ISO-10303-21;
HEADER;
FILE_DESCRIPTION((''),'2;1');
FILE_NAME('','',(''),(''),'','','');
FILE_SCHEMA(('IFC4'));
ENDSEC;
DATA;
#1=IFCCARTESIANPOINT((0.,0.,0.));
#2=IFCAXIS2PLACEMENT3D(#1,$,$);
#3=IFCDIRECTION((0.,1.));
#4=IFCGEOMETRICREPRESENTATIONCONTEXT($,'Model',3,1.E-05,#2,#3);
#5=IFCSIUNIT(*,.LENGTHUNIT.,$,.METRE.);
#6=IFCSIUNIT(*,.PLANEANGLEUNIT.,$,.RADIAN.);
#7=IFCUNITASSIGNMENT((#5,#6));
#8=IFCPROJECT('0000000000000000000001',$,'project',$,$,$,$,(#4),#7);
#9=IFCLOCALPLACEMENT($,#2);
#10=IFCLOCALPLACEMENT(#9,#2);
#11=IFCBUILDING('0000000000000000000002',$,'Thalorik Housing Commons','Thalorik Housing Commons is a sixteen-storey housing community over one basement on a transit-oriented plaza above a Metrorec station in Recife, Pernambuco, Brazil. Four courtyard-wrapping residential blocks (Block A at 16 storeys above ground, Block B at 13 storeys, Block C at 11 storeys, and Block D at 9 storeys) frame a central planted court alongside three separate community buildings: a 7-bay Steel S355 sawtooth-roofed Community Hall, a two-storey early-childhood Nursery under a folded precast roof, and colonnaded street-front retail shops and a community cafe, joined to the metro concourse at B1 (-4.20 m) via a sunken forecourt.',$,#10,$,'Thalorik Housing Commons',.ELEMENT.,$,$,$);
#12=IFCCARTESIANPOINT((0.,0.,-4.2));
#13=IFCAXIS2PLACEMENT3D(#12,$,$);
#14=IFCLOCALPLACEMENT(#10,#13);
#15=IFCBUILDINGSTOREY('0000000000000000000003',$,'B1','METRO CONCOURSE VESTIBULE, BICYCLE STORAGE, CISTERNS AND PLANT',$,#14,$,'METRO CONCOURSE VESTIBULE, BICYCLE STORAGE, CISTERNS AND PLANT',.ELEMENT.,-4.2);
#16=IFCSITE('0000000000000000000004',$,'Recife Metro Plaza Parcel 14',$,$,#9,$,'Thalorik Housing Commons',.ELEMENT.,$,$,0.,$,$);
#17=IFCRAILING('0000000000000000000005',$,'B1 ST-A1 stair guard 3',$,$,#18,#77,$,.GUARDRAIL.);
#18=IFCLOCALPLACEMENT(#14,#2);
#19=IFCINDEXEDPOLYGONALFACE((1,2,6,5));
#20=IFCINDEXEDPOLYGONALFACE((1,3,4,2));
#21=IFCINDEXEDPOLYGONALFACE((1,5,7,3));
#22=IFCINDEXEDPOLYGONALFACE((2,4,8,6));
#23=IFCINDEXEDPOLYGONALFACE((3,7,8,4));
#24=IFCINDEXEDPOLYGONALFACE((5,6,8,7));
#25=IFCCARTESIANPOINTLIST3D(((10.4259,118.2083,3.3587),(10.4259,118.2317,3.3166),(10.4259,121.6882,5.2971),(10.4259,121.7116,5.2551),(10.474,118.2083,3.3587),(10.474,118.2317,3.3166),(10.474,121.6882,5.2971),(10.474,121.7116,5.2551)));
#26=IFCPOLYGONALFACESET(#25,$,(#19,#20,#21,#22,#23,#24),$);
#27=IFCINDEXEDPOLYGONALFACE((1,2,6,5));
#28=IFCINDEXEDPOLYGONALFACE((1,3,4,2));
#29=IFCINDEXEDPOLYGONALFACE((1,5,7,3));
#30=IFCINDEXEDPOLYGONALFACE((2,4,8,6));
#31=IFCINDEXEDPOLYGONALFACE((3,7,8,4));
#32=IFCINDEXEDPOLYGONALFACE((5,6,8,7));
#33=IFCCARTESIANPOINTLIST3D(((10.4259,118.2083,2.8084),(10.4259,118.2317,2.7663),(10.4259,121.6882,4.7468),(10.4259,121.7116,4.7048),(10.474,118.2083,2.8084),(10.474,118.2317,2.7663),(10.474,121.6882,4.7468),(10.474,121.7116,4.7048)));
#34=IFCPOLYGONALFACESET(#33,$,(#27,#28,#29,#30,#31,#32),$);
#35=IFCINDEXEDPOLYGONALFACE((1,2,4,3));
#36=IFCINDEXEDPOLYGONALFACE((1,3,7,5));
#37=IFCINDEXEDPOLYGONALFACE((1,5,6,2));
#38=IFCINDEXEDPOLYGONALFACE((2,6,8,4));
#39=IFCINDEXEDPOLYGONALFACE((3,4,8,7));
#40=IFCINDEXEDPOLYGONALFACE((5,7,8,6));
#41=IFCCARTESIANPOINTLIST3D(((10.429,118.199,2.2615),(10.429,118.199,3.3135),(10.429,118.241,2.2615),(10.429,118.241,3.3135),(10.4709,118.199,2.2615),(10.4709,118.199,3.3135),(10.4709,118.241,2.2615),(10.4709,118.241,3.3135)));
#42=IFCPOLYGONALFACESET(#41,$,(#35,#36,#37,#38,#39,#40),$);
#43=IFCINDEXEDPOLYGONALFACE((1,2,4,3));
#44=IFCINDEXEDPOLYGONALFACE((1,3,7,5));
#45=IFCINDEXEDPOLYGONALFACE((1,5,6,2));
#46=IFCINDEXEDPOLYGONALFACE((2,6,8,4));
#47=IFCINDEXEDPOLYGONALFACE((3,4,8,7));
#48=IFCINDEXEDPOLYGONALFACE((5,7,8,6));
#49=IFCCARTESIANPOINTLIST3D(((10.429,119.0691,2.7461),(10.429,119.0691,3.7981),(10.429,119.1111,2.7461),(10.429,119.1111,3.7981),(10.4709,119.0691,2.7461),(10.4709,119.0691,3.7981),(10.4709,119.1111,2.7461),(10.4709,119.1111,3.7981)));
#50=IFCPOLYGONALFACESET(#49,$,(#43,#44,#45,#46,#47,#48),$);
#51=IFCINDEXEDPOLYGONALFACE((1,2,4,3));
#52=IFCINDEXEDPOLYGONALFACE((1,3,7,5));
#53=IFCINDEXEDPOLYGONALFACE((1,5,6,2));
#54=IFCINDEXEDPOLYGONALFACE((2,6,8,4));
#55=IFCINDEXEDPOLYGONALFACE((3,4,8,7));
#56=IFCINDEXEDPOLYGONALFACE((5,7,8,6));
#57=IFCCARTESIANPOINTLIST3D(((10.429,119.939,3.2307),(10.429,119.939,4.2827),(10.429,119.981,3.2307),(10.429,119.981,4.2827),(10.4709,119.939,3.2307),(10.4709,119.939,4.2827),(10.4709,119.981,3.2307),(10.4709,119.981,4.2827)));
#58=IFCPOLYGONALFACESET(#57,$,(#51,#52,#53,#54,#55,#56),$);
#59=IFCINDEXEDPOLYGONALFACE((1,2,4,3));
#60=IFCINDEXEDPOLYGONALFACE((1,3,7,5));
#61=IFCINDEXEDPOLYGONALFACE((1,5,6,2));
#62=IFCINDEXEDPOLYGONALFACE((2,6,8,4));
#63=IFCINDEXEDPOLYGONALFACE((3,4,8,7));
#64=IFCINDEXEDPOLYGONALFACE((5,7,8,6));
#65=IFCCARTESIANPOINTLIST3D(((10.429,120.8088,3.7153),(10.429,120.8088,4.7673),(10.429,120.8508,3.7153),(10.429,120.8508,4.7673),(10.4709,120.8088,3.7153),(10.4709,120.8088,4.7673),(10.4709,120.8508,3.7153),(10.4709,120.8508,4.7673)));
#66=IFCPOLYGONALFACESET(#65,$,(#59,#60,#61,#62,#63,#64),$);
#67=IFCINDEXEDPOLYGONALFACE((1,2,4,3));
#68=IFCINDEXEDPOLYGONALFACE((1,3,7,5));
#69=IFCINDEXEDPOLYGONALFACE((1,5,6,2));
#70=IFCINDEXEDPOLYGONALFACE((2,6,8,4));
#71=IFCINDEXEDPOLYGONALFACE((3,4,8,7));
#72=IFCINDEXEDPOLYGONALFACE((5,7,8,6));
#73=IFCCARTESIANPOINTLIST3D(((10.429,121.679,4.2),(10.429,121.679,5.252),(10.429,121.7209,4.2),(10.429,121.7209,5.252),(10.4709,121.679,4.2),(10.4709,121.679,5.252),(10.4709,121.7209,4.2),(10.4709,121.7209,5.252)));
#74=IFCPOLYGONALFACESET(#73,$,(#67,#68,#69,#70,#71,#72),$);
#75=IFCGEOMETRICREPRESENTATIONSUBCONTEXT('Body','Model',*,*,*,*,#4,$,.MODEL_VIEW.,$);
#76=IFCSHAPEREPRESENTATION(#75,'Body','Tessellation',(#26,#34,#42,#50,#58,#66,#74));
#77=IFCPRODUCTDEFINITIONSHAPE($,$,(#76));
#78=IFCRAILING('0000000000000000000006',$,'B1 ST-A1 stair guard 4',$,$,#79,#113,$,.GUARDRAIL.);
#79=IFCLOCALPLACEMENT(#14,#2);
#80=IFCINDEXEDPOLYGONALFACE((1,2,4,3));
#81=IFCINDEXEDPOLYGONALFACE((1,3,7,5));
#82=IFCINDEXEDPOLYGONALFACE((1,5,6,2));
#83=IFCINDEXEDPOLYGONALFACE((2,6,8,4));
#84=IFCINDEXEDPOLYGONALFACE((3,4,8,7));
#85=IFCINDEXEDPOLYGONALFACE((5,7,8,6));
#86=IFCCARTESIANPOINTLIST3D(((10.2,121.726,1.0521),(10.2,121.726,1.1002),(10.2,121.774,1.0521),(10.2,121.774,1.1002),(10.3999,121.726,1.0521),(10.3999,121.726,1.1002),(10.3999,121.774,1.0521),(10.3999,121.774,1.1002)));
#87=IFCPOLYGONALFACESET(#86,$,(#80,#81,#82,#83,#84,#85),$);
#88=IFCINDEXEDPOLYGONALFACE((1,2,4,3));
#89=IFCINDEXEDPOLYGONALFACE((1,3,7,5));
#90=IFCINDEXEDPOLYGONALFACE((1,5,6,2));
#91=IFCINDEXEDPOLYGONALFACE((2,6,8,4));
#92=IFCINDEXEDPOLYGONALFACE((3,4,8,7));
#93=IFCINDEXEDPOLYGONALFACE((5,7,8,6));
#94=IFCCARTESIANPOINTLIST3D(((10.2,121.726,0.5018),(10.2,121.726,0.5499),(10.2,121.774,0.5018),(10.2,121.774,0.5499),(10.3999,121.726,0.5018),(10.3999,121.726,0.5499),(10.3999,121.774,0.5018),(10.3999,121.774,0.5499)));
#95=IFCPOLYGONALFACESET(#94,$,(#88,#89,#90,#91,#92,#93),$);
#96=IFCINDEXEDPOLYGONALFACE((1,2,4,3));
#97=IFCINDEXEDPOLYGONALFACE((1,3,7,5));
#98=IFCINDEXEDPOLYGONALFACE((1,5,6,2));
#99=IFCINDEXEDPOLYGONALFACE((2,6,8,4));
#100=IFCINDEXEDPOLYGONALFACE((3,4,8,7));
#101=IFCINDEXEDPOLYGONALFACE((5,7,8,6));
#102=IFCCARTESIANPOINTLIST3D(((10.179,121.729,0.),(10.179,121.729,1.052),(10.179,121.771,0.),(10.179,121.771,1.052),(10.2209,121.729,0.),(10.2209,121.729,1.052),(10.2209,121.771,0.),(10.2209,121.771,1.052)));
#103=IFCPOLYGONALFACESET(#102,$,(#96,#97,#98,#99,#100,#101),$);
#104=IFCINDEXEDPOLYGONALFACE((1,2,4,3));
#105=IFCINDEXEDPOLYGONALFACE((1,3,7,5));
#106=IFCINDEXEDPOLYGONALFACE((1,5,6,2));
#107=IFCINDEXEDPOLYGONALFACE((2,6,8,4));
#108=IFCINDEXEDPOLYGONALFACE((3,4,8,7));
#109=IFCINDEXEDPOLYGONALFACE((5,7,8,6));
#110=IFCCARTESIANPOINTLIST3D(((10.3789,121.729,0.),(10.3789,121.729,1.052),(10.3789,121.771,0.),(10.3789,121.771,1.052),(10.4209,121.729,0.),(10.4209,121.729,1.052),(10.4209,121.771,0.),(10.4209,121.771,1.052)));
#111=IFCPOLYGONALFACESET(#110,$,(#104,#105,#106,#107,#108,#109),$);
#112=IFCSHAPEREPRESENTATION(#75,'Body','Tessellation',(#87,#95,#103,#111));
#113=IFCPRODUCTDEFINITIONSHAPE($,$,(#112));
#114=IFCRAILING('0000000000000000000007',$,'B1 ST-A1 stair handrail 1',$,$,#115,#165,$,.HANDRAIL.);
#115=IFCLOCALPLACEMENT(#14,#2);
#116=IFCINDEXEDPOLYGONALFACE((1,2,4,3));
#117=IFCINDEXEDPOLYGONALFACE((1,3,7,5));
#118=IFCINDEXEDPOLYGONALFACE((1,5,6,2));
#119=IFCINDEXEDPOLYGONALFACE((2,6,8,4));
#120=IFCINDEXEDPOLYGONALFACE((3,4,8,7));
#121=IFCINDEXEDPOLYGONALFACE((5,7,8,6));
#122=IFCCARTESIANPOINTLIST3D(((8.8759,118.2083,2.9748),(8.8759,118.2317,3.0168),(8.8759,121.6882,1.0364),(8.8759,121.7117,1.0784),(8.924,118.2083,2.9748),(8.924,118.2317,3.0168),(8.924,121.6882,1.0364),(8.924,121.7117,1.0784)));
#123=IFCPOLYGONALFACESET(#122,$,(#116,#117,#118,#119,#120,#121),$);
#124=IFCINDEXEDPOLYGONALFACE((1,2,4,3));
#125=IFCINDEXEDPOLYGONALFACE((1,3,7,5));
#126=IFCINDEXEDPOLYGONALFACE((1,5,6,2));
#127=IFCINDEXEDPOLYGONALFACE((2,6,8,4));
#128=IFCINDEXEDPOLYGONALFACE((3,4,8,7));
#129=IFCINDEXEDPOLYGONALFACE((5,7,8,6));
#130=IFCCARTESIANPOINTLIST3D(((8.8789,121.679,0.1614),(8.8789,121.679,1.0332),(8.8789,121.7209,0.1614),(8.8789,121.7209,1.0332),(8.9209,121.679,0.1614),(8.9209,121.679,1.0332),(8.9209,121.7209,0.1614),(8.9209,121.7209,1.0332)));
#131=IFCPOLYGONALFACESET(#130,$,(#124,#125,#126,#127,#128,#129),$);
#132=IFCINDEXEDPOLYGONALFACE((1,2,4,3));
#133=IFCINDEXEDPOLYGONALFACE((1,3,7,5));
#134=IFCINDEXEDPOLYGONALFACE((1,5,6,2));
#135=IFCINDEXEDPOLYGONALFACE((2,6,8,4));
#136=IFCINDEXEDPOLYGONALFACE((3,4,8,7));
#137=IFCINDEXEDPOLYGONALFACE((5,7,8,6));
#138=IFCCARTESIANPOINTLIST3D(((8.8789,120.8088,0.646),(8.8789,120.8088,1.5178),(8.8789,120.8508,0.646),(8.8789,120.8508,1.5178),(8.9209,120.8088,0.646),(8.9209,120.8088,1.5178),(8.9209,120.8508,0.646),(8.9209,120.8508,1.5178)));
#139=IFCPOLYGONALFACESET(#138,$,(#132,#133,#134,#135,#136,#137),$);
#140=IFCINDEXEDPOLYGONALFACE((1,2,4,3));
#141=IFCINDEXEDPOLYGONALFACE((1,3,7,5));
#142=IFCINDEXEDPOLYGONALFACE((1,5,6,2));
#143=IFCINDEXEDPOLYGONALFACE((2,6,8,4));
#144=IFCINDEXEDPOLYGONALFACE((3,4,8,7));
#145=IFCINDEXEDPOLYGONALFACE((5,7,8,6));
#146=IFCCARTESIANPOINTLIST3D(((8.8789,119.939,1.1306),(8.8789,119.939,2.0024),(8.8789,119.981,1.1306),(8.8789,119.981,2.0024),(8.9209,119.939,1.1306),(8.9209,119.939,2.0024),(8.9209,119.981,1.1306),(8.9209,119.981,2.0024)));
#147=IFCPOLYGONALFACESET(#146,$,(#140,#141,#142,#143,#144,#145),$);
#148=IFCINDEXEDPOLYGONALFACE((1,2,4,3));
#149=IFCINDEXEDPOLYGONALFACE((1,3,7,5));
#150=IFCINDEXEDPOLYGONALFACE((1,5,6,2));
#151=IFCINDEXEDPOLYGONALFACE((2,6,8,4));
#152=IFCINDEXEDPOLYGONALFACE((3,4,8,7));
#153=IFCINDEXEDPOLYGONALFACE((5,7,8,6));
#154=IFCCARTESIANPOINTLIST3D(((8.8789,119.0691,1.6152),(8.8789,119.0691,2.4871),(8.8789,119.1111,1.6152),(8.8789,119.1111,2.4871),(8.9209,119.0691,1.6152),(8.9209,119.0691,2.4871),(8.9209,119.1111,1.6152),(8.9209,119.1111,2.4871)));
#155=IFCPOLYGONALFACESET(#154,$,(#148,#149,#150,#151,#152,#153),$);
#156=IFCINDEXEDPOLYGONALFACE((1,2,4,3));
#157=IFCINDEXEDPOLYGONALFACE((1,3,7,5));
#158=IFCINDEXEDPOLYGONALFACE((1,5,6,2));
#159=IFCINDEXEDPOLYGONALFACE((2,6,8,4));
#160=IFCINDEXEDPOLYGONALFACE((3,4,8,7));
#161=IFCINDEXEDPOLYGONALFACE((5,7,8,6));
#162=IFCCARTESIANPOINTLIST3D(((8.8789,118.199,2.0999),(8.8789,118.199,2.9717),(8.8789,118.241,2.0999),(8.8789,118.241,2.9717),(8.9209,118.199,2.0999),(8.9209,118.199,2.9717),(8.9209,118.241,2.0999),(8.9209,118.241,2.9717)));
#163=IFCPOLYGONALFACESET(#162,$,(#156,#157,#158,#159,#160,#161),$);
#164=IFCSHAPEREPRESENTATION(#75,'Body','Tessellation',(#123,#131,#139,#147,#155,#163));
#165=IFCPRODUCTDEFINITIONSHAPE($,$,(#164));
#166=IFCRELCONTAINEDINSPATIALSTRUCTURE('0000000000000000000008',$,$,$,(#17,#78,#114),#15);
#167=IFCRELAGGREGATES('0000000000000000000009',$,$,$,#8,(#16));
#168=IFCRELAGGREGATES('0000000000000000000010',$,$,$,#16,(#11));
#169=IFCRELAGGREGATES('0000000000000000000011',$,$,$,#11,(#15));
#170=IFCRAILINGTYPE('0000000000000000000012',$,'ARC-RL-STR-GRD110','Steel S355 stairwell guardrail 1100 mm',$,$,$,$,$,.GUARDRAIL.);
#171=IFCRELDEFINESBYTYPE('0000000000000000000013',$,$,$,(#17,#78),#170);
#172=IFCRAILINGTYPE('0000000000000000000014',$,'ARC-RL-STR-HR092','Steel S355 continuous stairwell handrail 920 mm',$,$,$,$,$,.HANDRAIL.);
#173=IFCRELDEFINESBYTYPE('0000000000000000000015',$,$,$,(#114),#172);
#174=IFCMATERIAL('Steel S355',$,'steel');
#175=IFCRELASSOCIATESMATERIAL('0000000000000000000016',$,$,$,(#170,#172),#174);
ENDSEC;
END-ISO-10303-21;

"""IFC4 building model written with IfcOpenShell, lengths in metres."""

from ifc_helpers import new_model, si_unit, direction, frame, origin, origin_2d, place, context, subcontext, project, spatial, rectangle, extrude, material, type_object, element, save


model = new_model("IFC4")

# Units and contexts
model_context = context("Model", 3, precision=1e-05, world=origin(), true_north=direction((0.0, 1.0)))
body_context = subcontext(model_context, "Body", "Model", "MODEL_VIEW")
ifc_project = project(units=[si_unit("LENGTHUNIT", "METRE"), si_unit("PLANEANGLEUNIT", "RADIAN")], contexts=[model_context])

# Site, building, storey
site_placement = place(None, origin())
site = spatial("IfcSite", under=ifc_project, at=site_placement, Name="Recife Metro Plaza Parcel 14", LongName="Thalorik Housing Commons", CompositionType="ELEMENT", RefElevation=0.0)
building_placement = place(site_placement, origin())
building = spatial("IfcBuilding", under=site, at=building_placement, Name="Thalorik Housing Commons", Description="Thalorik Housing Commons is a sixteen-storey housing community over one basement on a transit-oriented plaza above a Metrorec station in Recife, Pernambuco, Brazil. Four courtyard-wrapping residential blocks (Block A at 16 storeys above ground, Block B at 13 storeys, Block C at 11 storeys, and Block D at 9 storeys) frame a central planted court alongside three separate community buildings: a 7-bay Steel S355 sawtooth-roofed Community Hall, a two-storey early-childhood Nursery under a folded precast roof, and colonnaded street-front retail shops and a community cafe, joined to the metro concourse at B1 (-4.20 m) via a sunken forecourt.", LongName="Thalorik Housing Commons", CompositionType="ELEMENT")
storey_placement = place(building_placement, frame((0.0, 0.0, -4.2)))
storey = spatial("IfcBuildingStorey", under=building, at=storey_placement, Name="B1", Description="METRO CONCOURSE VESTIBULE, BICYCLE STORAGE, CISTERNS AND PLANT", LongName="METRO CONCOURSE VESTIBULE, BICYCLE STORAGE, CISTERNS AND PLANT", CompositionType="ELEMENT", Elevation=-4.2)

# Shared definitions
ifc_material_1 = material(Name="Steel S355", Category="steel")

# Railings
railing_type_1 = type_object("IfcRailingType", Name="ARC-RL-STR-GRD110", Description="Steel S355 stairwell guardrail 1100 mm", PredefinedType="GUARDRAIL", material=ifc_material_1)
railing_1_placement = place(storey_placement, frame((10.45, 118.22, 2.2615)))
element("IfcRailing", 1, at=railing_1_placement, inside=storey, type_object=railing_type_1, Name="B1 ST-A1 stair guard 3", PredefinedType="GUARDRAIL", context=body_context, shape_type="SweptSolid", body=[
    extrude(rectangle(XDim=0.0481, YDim=0.0481, at=origin_2d()), frame((0.0, 0.0, 1.0762), z_axis=(0.0, 0.873607, 0.486631), x_axis=(-1.0, 0.0, 0.0)), (0.0, 0.0, 1.0), 3.9834),
    extrude(rectangle(XDim=0.0481, YDim=0.0481, at=origin_2d()), frame((0.0, 0.0, 0.5259), z_axis=(0.0, 0.873607, 0.486631), x_axis=(-1.0, 0.0, 0.0)), (0.0, 0.0, 1.0), 3.9834),
    extrude(rectangle(XDim=0.042, YDim=0.042, at=origin_2d()), origin(), (0.0, 0.0, 1.0), 1.052),
    extrude(rectangle(XDim=0.042, YDim=0.042, at=origin_2d()), frame((0.0, 0.8701, 0.4846)), (0.0, 0.0, 1.0), 1.052),
    extrude(rectangle(XDim=0.042, YDim=0.042, at=origin_2d()), frame((0.0, 1.74, 0.9692)), (0.0, 0.0, 1.0), 1.052),
    extrude(rectangle(XDim=0.042, YDim=0.042, at=origin_2d()), frame((0.0, 2.6099, 1.4539)), (0.0, 0.0, 1.0), 1.052),
    extrude(rectangle(XDim=0.042, YDim=0.042, at=origin_2d()), frame((0.0, 3.48, 1.9385)), (0.0, 0.0, 1.0), 1.052),
])
railing_2_placement = place(storey_placement, frame((10.2, 121.75, 0.0)))
element("IfcRailing", 2, at=railing_2_placement, inside=storey, type_object=railing_type_1, Name="B1 ST-A1 stair guard 4", PredefinedType="GUARDRAIL", context=body_context, shape_type="SweptSolid", body=[
    extrude(rectangle(XDim=0.0481, YDim=0.0481, at=origin_2d()), frame((0.0, 0.0, 1.0762), z_axis=(1.0, 0.0, 0.0), x_axis=(0.0, 1.0, 0.0)), (0.0, 0.0, 1.0), 0.2),
    extrude(rectangle(XDim=0.0481, YDim=0.0481, at=origin_2d()), frame((0.0, 0.0, 0.5259), z_axis=(1.0, 0.0, 0.0), x_axis=(0.0, 1.0, 0.0)), (0.0, 0.0, 1.0), 0.2),
    extrude(rectangle(XDim=0.042, YDim=0.042, at=origin_2d()), origin(), (0.0, 0.0, 1.0), 1.052),
    extrude(rectangle(XDim=0.042, YDim=0.042, at=origin_2d()), frame((0.2, 0.0, 0.0)), (0.0, 0.0, 1.0), 1.052),
])
railing_type_2 = type_object("IfcRailingType", Name="ARC-RL-STR-HR092", Description="Steel S355 continuous stairwell handrail 920 mm", PredefinedType="HANDRAIL", material=ifc_material_1)
railing_3_placement = place(storey_placement, frame((8.8999, 121.7, 0.1614)))
element("IfcRailing", 3, at=railing_3_placement, inside=storey, type_object=railing_type_2, Name="B1 ST-A1 stair handrail 1", PredefinedType="HANDRAIL", context=body_context, shape_type="SweptSolid", body=[
    extrude(rectangle(XDim=0.0481, YDim=0.0481, at=origin_2d()), frame((0.0, 0.0, 0.896), z_axis=(0.0, -0.873607, 0.486631), x_axis=(1.0, 0.0, 0.0)), (0.0, 0.0, 1.0), 3.9834),
    extrude(rectangle(XDim=0.042, YDim=0.042, at=origin_2d()), origin(), (0.0, 0.0, 1.0), 0.8718),
    extrude(rectangle(XDim=0.042, YDim=0.042, at=origin_2d()), frame((0.0, -0.8701, 0.4846)), (0.0, 0.0, 1.0), 0.8718),
    extrude(rectangle(XDim=0.042, YDim=0.042, at=origin_2d()), frame((0.0, -1.74, 0.9692)), (0.0, 0.0, 1.0), 0.8718),
    extrude(rectangle(XDim=0.042, YDim=0.042, at=origin_2d()), frame((0.0, -2.6099, 1.4539)), (0.0, 0.0, 1.0), 0.8718),
    extrude(rectangle(XDim=0.042, YDim=0.042, at=origin_2d()), frame((0.0, -3.48, 1.9385)), (0.0, 0.0, 1.0), 0.8718),
])

save(model, "model.ifc")
